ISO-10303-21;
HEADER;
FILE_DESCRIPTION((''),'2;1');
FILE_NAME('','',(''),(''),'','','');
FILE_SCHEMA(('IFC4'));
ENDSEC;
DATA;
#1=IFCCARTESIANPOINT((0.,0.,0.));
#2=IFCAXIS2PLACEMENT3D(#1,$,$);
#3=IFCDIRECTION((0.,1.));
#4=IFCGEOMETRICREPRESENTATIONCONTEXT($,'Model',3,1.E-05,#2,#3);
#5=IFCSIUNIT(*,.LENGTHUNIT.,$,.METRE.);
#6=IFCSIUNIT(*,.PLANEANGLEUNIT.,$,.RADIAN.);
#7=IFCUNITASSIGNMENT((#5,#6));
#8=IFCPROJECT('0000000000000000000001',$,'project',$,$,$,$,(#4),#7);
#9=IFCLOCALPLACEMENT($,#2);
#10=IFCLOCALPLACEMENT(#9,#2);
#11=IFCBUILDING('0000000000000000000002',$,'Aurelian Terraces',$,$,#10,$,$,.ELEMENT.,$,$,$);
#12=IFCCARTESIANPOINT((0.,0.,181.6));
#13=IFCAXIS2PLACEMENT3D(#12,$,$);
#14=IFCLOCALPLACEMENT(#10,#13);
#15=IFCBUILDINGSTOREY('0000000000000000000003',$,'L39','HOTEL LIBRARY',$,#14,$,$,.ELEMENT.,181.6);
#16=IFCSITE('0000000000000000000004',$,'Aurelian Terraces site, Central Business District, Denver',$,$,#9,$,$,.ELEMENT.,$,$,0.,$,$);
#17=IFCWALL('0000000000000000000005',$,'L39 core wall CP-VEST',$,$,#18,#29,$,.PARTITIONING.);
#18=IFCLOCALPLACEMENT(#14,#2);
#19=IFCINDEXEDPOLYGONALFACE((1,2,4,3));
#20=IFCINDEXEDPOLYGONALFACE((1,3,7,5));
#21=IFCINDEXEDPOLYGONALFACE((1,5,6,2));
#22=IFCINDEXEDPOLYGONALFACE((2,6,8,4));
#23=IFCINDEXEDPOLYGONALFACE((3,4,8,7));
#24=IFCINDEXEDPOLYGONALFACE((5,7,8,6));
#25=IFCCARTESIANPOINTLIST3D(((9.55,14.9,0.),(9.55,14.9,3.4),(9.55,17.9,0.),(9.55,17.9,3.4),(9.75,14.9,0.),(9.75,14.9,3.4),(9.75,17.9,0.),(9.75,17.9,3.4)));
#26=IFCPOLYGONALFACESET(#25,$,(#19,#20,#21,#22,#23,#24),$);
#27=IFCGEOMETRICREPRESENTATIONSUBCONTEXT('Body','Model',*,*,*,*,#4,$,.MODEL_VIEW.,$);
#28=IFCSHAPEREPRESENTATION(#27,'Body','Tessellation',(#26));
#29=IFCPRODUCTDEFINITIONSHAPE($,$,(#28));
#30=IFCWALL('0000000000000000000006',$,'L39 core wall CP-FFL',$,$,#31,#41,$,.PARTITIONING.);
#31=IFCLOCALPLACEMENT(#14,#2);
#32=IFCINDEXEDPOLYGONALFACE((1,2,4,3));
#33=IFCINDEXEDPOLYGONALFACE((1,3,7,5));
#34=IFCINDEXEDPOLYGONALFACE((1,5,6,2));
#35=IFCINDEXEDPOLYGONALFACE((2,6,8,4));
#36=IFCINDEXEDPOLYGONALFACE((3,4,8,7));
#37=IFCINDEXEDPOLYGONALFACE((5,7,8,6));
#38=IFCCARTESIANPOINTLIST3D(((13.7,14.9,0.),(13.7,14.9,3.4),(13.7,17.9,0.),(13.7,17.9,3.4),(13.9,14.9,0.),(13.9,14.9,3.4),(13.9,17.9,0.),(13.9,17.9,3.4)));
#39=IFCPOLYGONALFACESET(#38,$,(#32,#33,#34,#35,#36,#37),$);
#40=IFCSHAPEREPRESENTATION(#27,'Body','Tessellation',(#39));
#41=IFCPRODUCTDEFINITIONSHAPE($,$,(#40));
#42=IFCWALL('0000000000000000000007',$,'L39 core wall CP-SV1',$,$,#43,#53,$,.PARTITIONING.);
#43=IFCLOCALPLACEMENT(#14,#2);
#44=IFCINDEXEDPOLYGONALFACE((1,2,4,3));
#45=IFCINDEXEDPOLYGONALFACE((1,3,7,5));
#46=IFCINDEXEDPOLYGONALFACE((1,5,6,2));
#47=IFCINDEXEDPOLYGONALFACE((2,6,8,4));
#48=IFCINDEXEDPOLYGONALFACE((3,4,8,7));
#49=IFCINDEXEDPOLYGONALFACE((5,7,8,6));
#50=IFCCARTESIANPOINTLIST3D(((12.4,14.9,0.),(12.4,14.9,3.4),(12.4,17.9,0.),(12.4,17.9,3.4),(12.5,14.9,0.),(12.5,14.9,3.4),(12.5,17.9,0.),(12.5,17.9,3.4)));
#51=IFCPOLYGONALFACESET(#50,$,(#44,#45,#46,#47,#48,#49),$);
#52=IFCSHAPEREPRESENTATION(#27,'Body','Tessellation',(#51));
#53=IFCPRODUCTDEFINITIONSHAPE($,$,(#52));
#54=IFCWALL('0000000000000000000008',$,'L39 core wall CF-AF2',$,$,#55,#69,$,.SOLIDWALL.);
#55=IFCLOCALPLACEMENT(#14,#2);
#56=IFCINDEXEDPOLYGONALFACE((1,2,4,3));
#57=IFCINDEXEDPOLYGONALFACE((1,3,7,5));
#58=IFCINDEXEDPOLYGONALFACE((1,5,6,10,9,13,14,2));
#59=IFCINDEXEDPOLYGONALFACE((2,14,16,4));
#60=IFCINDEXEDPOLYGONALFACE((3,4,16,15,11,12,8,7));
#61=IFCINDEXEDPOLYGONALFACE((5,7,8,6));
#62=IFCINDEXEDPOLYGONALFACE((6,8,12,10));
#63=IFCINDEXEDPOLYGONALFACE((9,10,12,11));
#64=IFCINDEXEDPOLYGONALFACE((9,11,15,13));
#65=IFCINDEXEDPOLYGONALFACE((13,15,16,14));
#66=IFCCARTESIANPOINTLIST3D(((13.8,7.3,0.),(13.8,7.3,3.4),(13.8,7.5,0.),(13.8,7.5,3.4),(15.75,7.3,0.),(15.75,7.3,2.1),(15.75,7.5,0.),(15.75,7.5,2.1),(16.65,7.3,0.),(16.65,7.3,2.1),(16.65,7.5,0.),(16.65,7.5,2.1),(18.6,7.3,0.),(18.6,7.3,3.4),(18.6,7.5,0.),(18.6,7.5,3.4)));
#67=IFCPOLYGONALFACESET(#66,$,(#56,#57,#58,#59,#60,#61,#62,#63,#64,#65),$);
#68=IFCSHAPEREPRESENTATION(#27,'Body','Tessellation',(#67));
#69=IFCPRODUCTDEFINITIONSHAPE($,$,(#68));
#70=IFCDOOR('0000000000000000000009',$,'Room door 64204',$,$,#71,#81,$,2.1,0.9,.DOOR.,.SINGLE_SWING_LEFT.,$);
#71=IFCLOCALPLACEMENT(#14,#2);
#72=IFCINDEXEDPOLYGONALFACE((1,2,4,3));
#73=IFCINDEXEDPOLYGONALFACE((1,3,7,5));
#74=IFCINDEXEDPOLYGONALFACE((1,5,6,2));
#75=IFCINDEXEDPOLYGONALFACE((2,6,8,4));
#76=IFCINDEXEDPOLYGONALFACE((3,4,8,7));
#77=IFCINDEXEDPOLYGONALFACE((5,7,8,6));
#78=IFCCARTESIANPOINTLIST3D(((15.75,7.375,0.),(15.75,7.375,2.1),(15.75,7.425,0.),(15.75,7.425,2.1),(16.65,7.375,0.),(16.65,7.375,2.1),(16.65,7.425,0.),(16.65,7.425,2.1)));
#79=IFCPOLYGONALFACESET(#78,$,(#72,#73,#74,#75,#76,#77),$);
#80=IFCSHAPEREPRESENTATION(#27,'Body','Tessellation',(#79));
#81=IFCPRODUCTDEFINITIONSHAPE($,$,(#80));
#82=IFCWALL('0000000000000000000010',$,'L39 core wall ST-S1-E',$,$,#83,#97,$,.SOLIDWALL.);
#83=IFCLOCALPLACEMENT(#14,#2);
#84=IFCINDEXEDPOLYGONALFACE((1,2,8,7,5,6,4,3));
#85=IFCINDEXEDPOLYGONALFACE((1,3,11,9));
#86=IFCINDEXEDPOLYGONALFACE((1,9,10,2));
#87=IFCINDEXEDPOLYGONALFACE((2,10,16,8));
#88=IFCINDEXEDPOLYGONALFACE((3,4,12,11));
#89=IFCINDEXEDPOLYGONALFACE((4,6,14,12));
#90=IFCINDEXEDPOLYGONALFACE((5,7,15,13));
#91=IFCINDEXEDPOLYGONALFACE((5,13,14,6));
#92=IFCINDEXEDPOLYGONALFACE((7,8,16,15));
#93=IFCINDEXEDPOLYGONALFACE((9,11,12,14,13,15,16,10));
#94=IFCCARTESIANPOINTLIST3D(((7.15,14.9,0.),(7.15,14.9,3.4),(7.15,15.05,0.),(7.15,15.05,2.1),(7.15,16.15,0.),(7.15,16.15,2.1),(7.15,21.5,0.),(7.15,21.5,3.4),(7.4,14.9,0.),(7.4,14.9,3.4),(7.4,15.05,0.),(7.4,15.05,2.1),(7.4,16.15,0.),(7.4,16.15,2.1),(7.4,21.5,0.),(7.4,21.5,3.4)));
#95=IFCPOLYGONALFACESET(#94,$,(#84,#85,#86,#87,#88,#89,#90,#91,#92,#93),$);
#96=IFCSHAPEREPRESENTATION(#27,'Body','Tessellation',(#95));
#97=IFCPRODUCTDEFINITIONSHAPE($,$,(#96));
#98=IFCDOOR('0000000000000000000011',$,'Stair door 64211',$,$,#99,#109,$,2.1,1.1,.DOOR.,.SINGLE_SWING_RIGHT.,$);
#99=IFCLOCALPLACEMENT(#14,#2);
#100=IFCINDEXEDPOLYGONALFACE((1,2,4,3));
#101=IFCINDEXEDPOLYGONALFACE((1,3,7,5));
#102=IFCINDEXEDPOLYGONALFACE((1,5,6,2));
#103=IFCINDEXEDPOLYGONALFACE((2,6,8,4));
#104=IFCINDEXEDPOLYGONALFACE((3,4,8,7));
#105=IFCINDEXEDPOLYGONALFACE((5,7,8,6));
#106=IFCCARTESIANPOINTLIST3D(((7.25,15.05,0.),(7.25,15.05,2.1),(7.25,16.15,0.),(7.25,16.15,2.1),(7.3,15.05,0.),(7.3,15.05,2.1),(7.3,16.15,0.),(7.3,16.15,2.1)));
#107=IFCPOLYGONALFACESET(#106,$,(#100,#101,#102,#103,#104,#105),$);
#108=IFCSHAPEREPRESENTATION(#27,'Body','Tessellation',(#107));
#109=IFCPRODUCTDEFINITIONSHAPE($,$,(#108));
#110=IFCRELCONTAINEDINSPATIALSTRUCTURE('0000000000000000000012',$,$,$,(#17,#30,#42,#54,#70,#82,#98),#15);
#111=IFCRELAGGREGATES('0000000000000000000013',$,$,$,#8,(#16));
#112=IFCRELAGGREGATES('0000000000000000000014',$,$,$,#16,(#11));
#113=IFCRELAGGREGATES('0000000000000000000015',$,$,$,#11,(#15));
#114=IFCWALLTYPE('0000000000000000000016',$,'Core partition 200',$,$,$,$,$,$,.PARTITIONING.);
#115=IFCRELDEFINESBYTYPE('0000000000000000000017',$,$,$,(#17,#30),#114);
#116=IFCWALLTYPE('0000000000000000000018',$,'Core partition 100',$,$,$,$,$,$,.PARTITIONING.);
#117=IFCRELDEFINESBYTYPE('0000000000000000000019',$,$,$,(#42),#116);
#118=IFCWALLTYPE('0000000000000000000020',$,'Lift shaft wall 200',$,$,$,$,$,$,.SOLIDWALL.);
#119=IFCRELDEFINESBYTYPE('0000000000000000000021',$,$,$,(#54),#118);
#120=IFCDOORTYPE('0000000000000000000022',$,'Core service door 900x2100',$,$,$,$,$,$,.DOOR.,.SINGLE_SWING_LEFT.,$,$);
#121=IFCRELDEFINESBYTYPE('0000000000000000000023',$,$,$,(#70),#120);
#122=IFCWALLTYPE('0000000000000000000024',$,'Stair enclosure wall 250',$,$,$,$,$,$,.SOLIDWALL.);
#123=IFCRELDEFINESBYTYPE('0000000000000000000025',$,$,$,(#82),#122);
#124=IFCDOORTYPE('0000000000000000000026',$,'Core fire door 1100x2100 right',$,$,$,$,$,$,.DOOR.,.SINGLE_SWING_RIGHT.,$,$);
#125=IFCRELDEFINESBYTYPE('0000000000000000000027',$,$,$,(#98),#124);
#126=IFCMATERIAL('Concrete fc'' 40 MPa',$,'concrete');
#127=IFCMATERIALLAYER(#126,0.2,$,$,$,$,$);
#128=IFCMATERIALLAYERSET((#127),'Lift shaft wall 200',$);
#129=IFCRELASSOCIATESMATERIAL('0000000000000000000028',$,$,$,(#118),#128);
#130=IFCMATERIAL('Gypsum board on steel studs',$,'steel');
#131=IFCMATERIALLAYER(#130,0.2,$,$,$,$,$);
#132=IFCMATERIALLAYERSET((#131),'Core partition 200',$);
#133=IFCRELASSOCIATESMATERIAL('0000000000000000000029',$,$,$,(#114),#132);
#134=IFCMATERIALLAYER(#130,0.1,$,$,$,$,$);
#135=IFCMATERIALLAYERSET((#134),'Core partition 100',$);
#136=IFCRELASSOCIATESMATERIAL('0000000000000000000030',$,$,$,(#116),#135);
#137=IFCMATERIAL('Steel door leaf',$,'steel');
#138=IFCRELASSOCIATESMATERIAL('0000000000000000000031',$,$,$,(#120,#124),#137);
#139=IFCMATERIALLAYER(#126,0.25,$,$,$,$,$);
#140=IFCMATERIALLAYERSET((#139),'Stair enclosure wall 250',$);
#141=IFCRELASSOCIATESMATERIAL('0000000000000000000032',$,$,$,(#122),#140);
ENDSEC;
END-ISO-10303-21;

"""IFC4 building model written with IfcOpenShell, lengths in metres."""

from ifc_helpers import new_model, si_unit, direction, frame, frame_2d, origin, place, context, subcontext, project, spatial, rectangle, extrude, source, transform, mapped, material, layer, layer_set, type_object, element, fill, save


model = new_model("IFC4")

# Units and contexts
model_context = context("Model", 3, precision=1e-05, world=origin(), true_north=direction((0.0, 1.0)))
body_context = subcontext(model_context, "Body", "Model", "MODEL_VIEW")
ifc_project = project(units=[si_unit("LENGTHUNIT", "METRE"), si_unit("PLANEANGLEUNIT", "RADIAN")], contexts=[model_context])

# Site, building, storey
site_placement = place(None, origin())
site = spatial("IfcSite", under=ifc_project, at=site_placement, Name="Aurelian Terraces site, Central Business District, Denver", CompositionType="ELEMENT", RefElevation=0.0)
building_placement = place(site_placement, origin())
building = spatial("IfcBuilding", under=site, at=building_placement, Name="Aurelian Terraces", CompositionType="ELEMENT")
storey_placement = place(building_placement, frame((0.0, 0.0, 181.6)))
storey = spatial("IfcBuildingStorey", under=building, at=storey_placement, Name="L39", Description="HOTEL LIBRARY", CompositionType="ELEMENT", Elevation=181.6)

# Shared definitions
ifc_material_1 = material(Name="Concrete fc' 40 MPa", Category="concrete")
ifc_layer_1 = layer(ifc_material_1, 0.2)
ifc_layer_set_1 = layer_set([ifc_layer_1], Name="Lift shaft wall 200")
wall_type_1 = type_object("IfcWallType", Name="Lift shaft wall 200", PredefinedType="SOLIDWALL", material=ifc_layer_set_1)

# Shared definitions
shared_shape_1 = source(origin(), body_context, "Body", "SweptSolid", [
    extrude(rectangle(XDim=1.1, YDim=2.1, at=frame_2d((0.55, 1.05))), frame((0.0, 0.025, 0.0), z_axis=(0.0, -1.0, 0.0), x_axis=(1.0, 0.0, 0.0)), (0.0, 0.0, 1.0), 0.05),
])

# Shared definitions
shared_shape_2 = source(origin(), body_context, "Body", "SweptSolid", [
    extrude(rectangle(XDim=0.9, YDim=2.1, at=frame_2d((0.45, 1.05))), frame((0.0, 0.11, 0.0), z_axis=(0.0, -1.0, 0.0), x_axis=(1.0, 0.0, 0.0)), (0.0, 0.0, 1.0), 0.22),
])
ifc_material_2 = material(Name="Steel door leaf", Category="steel")
shared_shape_3 = source(origin(), body_context, "Body", "SweptSolid", [
    extrude(rectangle(XDim=0.9, YDim=2.1, at=frame_2d((0.45, 1.05))), frame((0.0, 0.025, 0.0), z_axis=(0.0, -1.0, 0.0), x_axis=(1.0, 0.0, 0.0)), (0.0, 0.0, 1.0), 0.05),
])

# Walls
ifc_material_3 = material(Name="Gypsum board on steel studs", Category="steel")
ifc_layer_2 = layer(ifc_material_3, 0.2)
ifc_layer_set_2 = layer_set([ifc_layer_2], Name="Core partition 200")
wall_type_2 = type_object("IfcWallType", Name="Core partition 200", PredefinedType="PARTITIONING", material=ifc_layer_set_2)
shared_shape_4 = source(origin(), body_context, "Body", "SweptSolid", [
    extrude(rectangle(XDim=3.0, YDim=0.2, at=frame_2d((1.5, 0.0))), origin(), (0.0, 0.0, 1.0), 3.4),
])
for number, where, z_axis, x_axis, name in (
    (1, (9.65, 14.9, 0.0), (0.0, 0.0, 1.0), (0.0, 1.0, 0.0), "L39 core wall CP-VEST"),
    (2, (13.8, 14.9, 0.0), (0.0, 0.0, 1.0), (0.0, 1.0, 0.0), "L39 core wall CP-FFL"),
):
    element("IfcWall", number, at=place(storey_placement, frame(where, z_axis=z_axis, x_axis=x_axis)), inside=storey, type_object=wall_type_2, Name=name, PredefinedType="PARTITIONING", context=body_context, shape_type="MappedRepresentation", body=[
        mapped(shared_shape_4, transform((0.0, 0.0, 0.0), scale=1.0)),
    ])
ifc_layer_3 = layer(ifc_material_3, 0.1)
ifc_layer_set_3 = layer_set([ifc_layer_3], Name="Core partition 100")
wall_type_3 = type_object("IfcWallType", Name="Core partition 100", PredefinedType="PARTITIONING", material=ifc_layer_set_3)
shared_shape_5 = source(origin(), body_context, "Body", "SweptSolid", [
    extrude(rectangle(XDim=3.0, YDim=0.1, at=frame_2d((1.5, 0.0))), origin(), (0.0, 0.0, 1.0), 3.4),
])
wall_1_placement = place(storey_placement, frame((12.45, 14.9, 0.0), z_axis=(0.0, 0.0, 1.0), x_axis=(0.0, 1.0, 0.0)))
element("IfcWall", 3, at=wall_1_placement, inside=storey, type_object=wall_type_3, Name="L39 core wall CP-SV1", PredefinedType="PARTITIONING", context=body_context, shape_type="MappedRepresentation", body=[
    mapped(shared_shape_5, transform((0.0, 0.0, 0.0), scale=1.0)),
])

# Walls, openings, doors
shared_shape_6 = source(origin(), body_context, "Body", "SweptSolid", [
    extrude(rectangle(XDim=4.8, YDim=0.2, at=frame_2d((2.4, 0.0))), origin(), (0.0, 0.0, 1.0), 3.4),
])
wall_2_placement = place(storey_placement, frame((13.8, 7.4, 0.0), z_axis=(0.0, 0.0, 1.0), x_axis=(1.0, 0.0, 0.0)))
wall_2 = element("IfcWall", 4, at=wall_2_placement, inside=storey, type_object=wall_type_1, Name="L39 core wall CF-AF2", PredefinedType="SOLIDWALL", context=body_context, shape_type="MappedRepresentation", body=[
    mapped(shared_shape_6, transform((0.0, 0.0, 0.0), scale=1.0)),
])
opening_1_placement = place(wall_2_placement, frame((1.95, 0.0, 0.0)))
opening_1 = element("IfcOpeningElement", 5, at=opening_1_placement, cuts=wall_2, PredefinedType="OPENING", context=body_context, shape_type="MappedRepresentation", body=[
    mapped(shared_shape_2, transform((0.0, 0.0, 0.0), scale=1.0)),
])
door_type_1 = type_object("IfcDoorType", Name="Core service door 900x2100", OperationType="SINGLE_SWING_LEFT", PredefinedType="DOOR", material=ifc_material_2)
door_1_placement = place(opening_1_placement, origin())
door_1 = element("IfcDoor", 6, at=door_1_placement, inside=storey, type_object=door_type_1, Name="Room door 64204", OperationType="SINGLE_SWING_LEFT", OverallHeight=2.1, OverallWidth=0.9, PredefinedType="DOOR", context=body_context, shape_type="MappedRepresentation", body=[
    mapped(shared_shape_3, transform((0.0, 0.0, 0.0), scale=1.0)),
])
fill(opening_1, door_1)
ifc_layer_4 = layer(ifc_material_1, 0.25)
ifc_layer_set_4 = layer_set([ifc_layer_4], Name="Stair enclosure wall 250")
wall_type_4 = type_object("IfcWallType", Name="Stair enclosure wall 250", PredefinedType="SOLIDWALL", material=ifc_layer_set_4)
shared_shape_7 = source(origin(), body_context, "Body", "SweptSolid", [
    extrude(rectangle(XDim=6.6, YDim=0.25, at=frame_2d((3.3, 0.0))), origin(), (0.0, 0.0, 1.0), 3.4),
])
wall_3_placement = place(storey_placement, frame((7.275, 14.9, 0.0), z_axis=(0.0, 0.0, 1.0), x_axis=(0.0, 1.0, 0.0)))
wall_3 = element("IfcWall", 7, at=wall_3_placement, inside=storey, type_object=wall_type_4, Name="L39 core wall ST-S1-E", PredefinedType="SOLIDWALL", context=body_context, shape_type="MappedRepresentation", body=[
    mapped(shared_shape_7, transform((0.0, 0.0, 0.0), scale=1.0)),
])
shared_shape_8 = source(origin(), body_context, "Body", "SweptSolid", [
    extrude(rectangle(XDim=1.1, YDim=2.1, at=frame_2d((0.55, 1.05))), frame((0.0, 0.135, 0.0), z_axis=(0.0, -1.0, 0.0), x_axis=(1.0, 0.0, 0.0)), (0.0, 0.0, 1.0), 0.27),
])
opening_2_placement = place(wall_3_placement, frame((0.15, 0.0, 0.0)))
opening_2 = element("IfcOpeningElement", 8, at=opening_2_placement, cuts=wall_3, PredefinedType="OPENING", context=body_context, shape_type="MappedRepresentation", body=[
    mapped(shared_shape_8, transform((0.0, 0.0, 0.0), scale=1.0)),
])
door_type_2 = type_object("IfcDoorType", Name="Core fire door 1100x2100 right", OperationType="SINGLE_SWING_RIGHT", PredefinedType="DOOR", material=ifc_material_2)
door_2_placement = place(opening_2_placement, origin())
door_2 = element("IfcDoor", 9, at=door_2_placement, inside=storey, type_object=door_type_2, Name="Stair door 64211", OperationType="SINGLE_SWING_RIGHT", OverallHeight=2.1, OverallWidth=1.1, PredefinedType="DOOR", context=body_context, shape_type="MappedRepresentation", body=[
    mapped(shared_shape_1, transform((0.0, 0.0, 0.0), scale=1.0)),
])
fill(opening_2, door_2)

save(model, "model.ifc")
